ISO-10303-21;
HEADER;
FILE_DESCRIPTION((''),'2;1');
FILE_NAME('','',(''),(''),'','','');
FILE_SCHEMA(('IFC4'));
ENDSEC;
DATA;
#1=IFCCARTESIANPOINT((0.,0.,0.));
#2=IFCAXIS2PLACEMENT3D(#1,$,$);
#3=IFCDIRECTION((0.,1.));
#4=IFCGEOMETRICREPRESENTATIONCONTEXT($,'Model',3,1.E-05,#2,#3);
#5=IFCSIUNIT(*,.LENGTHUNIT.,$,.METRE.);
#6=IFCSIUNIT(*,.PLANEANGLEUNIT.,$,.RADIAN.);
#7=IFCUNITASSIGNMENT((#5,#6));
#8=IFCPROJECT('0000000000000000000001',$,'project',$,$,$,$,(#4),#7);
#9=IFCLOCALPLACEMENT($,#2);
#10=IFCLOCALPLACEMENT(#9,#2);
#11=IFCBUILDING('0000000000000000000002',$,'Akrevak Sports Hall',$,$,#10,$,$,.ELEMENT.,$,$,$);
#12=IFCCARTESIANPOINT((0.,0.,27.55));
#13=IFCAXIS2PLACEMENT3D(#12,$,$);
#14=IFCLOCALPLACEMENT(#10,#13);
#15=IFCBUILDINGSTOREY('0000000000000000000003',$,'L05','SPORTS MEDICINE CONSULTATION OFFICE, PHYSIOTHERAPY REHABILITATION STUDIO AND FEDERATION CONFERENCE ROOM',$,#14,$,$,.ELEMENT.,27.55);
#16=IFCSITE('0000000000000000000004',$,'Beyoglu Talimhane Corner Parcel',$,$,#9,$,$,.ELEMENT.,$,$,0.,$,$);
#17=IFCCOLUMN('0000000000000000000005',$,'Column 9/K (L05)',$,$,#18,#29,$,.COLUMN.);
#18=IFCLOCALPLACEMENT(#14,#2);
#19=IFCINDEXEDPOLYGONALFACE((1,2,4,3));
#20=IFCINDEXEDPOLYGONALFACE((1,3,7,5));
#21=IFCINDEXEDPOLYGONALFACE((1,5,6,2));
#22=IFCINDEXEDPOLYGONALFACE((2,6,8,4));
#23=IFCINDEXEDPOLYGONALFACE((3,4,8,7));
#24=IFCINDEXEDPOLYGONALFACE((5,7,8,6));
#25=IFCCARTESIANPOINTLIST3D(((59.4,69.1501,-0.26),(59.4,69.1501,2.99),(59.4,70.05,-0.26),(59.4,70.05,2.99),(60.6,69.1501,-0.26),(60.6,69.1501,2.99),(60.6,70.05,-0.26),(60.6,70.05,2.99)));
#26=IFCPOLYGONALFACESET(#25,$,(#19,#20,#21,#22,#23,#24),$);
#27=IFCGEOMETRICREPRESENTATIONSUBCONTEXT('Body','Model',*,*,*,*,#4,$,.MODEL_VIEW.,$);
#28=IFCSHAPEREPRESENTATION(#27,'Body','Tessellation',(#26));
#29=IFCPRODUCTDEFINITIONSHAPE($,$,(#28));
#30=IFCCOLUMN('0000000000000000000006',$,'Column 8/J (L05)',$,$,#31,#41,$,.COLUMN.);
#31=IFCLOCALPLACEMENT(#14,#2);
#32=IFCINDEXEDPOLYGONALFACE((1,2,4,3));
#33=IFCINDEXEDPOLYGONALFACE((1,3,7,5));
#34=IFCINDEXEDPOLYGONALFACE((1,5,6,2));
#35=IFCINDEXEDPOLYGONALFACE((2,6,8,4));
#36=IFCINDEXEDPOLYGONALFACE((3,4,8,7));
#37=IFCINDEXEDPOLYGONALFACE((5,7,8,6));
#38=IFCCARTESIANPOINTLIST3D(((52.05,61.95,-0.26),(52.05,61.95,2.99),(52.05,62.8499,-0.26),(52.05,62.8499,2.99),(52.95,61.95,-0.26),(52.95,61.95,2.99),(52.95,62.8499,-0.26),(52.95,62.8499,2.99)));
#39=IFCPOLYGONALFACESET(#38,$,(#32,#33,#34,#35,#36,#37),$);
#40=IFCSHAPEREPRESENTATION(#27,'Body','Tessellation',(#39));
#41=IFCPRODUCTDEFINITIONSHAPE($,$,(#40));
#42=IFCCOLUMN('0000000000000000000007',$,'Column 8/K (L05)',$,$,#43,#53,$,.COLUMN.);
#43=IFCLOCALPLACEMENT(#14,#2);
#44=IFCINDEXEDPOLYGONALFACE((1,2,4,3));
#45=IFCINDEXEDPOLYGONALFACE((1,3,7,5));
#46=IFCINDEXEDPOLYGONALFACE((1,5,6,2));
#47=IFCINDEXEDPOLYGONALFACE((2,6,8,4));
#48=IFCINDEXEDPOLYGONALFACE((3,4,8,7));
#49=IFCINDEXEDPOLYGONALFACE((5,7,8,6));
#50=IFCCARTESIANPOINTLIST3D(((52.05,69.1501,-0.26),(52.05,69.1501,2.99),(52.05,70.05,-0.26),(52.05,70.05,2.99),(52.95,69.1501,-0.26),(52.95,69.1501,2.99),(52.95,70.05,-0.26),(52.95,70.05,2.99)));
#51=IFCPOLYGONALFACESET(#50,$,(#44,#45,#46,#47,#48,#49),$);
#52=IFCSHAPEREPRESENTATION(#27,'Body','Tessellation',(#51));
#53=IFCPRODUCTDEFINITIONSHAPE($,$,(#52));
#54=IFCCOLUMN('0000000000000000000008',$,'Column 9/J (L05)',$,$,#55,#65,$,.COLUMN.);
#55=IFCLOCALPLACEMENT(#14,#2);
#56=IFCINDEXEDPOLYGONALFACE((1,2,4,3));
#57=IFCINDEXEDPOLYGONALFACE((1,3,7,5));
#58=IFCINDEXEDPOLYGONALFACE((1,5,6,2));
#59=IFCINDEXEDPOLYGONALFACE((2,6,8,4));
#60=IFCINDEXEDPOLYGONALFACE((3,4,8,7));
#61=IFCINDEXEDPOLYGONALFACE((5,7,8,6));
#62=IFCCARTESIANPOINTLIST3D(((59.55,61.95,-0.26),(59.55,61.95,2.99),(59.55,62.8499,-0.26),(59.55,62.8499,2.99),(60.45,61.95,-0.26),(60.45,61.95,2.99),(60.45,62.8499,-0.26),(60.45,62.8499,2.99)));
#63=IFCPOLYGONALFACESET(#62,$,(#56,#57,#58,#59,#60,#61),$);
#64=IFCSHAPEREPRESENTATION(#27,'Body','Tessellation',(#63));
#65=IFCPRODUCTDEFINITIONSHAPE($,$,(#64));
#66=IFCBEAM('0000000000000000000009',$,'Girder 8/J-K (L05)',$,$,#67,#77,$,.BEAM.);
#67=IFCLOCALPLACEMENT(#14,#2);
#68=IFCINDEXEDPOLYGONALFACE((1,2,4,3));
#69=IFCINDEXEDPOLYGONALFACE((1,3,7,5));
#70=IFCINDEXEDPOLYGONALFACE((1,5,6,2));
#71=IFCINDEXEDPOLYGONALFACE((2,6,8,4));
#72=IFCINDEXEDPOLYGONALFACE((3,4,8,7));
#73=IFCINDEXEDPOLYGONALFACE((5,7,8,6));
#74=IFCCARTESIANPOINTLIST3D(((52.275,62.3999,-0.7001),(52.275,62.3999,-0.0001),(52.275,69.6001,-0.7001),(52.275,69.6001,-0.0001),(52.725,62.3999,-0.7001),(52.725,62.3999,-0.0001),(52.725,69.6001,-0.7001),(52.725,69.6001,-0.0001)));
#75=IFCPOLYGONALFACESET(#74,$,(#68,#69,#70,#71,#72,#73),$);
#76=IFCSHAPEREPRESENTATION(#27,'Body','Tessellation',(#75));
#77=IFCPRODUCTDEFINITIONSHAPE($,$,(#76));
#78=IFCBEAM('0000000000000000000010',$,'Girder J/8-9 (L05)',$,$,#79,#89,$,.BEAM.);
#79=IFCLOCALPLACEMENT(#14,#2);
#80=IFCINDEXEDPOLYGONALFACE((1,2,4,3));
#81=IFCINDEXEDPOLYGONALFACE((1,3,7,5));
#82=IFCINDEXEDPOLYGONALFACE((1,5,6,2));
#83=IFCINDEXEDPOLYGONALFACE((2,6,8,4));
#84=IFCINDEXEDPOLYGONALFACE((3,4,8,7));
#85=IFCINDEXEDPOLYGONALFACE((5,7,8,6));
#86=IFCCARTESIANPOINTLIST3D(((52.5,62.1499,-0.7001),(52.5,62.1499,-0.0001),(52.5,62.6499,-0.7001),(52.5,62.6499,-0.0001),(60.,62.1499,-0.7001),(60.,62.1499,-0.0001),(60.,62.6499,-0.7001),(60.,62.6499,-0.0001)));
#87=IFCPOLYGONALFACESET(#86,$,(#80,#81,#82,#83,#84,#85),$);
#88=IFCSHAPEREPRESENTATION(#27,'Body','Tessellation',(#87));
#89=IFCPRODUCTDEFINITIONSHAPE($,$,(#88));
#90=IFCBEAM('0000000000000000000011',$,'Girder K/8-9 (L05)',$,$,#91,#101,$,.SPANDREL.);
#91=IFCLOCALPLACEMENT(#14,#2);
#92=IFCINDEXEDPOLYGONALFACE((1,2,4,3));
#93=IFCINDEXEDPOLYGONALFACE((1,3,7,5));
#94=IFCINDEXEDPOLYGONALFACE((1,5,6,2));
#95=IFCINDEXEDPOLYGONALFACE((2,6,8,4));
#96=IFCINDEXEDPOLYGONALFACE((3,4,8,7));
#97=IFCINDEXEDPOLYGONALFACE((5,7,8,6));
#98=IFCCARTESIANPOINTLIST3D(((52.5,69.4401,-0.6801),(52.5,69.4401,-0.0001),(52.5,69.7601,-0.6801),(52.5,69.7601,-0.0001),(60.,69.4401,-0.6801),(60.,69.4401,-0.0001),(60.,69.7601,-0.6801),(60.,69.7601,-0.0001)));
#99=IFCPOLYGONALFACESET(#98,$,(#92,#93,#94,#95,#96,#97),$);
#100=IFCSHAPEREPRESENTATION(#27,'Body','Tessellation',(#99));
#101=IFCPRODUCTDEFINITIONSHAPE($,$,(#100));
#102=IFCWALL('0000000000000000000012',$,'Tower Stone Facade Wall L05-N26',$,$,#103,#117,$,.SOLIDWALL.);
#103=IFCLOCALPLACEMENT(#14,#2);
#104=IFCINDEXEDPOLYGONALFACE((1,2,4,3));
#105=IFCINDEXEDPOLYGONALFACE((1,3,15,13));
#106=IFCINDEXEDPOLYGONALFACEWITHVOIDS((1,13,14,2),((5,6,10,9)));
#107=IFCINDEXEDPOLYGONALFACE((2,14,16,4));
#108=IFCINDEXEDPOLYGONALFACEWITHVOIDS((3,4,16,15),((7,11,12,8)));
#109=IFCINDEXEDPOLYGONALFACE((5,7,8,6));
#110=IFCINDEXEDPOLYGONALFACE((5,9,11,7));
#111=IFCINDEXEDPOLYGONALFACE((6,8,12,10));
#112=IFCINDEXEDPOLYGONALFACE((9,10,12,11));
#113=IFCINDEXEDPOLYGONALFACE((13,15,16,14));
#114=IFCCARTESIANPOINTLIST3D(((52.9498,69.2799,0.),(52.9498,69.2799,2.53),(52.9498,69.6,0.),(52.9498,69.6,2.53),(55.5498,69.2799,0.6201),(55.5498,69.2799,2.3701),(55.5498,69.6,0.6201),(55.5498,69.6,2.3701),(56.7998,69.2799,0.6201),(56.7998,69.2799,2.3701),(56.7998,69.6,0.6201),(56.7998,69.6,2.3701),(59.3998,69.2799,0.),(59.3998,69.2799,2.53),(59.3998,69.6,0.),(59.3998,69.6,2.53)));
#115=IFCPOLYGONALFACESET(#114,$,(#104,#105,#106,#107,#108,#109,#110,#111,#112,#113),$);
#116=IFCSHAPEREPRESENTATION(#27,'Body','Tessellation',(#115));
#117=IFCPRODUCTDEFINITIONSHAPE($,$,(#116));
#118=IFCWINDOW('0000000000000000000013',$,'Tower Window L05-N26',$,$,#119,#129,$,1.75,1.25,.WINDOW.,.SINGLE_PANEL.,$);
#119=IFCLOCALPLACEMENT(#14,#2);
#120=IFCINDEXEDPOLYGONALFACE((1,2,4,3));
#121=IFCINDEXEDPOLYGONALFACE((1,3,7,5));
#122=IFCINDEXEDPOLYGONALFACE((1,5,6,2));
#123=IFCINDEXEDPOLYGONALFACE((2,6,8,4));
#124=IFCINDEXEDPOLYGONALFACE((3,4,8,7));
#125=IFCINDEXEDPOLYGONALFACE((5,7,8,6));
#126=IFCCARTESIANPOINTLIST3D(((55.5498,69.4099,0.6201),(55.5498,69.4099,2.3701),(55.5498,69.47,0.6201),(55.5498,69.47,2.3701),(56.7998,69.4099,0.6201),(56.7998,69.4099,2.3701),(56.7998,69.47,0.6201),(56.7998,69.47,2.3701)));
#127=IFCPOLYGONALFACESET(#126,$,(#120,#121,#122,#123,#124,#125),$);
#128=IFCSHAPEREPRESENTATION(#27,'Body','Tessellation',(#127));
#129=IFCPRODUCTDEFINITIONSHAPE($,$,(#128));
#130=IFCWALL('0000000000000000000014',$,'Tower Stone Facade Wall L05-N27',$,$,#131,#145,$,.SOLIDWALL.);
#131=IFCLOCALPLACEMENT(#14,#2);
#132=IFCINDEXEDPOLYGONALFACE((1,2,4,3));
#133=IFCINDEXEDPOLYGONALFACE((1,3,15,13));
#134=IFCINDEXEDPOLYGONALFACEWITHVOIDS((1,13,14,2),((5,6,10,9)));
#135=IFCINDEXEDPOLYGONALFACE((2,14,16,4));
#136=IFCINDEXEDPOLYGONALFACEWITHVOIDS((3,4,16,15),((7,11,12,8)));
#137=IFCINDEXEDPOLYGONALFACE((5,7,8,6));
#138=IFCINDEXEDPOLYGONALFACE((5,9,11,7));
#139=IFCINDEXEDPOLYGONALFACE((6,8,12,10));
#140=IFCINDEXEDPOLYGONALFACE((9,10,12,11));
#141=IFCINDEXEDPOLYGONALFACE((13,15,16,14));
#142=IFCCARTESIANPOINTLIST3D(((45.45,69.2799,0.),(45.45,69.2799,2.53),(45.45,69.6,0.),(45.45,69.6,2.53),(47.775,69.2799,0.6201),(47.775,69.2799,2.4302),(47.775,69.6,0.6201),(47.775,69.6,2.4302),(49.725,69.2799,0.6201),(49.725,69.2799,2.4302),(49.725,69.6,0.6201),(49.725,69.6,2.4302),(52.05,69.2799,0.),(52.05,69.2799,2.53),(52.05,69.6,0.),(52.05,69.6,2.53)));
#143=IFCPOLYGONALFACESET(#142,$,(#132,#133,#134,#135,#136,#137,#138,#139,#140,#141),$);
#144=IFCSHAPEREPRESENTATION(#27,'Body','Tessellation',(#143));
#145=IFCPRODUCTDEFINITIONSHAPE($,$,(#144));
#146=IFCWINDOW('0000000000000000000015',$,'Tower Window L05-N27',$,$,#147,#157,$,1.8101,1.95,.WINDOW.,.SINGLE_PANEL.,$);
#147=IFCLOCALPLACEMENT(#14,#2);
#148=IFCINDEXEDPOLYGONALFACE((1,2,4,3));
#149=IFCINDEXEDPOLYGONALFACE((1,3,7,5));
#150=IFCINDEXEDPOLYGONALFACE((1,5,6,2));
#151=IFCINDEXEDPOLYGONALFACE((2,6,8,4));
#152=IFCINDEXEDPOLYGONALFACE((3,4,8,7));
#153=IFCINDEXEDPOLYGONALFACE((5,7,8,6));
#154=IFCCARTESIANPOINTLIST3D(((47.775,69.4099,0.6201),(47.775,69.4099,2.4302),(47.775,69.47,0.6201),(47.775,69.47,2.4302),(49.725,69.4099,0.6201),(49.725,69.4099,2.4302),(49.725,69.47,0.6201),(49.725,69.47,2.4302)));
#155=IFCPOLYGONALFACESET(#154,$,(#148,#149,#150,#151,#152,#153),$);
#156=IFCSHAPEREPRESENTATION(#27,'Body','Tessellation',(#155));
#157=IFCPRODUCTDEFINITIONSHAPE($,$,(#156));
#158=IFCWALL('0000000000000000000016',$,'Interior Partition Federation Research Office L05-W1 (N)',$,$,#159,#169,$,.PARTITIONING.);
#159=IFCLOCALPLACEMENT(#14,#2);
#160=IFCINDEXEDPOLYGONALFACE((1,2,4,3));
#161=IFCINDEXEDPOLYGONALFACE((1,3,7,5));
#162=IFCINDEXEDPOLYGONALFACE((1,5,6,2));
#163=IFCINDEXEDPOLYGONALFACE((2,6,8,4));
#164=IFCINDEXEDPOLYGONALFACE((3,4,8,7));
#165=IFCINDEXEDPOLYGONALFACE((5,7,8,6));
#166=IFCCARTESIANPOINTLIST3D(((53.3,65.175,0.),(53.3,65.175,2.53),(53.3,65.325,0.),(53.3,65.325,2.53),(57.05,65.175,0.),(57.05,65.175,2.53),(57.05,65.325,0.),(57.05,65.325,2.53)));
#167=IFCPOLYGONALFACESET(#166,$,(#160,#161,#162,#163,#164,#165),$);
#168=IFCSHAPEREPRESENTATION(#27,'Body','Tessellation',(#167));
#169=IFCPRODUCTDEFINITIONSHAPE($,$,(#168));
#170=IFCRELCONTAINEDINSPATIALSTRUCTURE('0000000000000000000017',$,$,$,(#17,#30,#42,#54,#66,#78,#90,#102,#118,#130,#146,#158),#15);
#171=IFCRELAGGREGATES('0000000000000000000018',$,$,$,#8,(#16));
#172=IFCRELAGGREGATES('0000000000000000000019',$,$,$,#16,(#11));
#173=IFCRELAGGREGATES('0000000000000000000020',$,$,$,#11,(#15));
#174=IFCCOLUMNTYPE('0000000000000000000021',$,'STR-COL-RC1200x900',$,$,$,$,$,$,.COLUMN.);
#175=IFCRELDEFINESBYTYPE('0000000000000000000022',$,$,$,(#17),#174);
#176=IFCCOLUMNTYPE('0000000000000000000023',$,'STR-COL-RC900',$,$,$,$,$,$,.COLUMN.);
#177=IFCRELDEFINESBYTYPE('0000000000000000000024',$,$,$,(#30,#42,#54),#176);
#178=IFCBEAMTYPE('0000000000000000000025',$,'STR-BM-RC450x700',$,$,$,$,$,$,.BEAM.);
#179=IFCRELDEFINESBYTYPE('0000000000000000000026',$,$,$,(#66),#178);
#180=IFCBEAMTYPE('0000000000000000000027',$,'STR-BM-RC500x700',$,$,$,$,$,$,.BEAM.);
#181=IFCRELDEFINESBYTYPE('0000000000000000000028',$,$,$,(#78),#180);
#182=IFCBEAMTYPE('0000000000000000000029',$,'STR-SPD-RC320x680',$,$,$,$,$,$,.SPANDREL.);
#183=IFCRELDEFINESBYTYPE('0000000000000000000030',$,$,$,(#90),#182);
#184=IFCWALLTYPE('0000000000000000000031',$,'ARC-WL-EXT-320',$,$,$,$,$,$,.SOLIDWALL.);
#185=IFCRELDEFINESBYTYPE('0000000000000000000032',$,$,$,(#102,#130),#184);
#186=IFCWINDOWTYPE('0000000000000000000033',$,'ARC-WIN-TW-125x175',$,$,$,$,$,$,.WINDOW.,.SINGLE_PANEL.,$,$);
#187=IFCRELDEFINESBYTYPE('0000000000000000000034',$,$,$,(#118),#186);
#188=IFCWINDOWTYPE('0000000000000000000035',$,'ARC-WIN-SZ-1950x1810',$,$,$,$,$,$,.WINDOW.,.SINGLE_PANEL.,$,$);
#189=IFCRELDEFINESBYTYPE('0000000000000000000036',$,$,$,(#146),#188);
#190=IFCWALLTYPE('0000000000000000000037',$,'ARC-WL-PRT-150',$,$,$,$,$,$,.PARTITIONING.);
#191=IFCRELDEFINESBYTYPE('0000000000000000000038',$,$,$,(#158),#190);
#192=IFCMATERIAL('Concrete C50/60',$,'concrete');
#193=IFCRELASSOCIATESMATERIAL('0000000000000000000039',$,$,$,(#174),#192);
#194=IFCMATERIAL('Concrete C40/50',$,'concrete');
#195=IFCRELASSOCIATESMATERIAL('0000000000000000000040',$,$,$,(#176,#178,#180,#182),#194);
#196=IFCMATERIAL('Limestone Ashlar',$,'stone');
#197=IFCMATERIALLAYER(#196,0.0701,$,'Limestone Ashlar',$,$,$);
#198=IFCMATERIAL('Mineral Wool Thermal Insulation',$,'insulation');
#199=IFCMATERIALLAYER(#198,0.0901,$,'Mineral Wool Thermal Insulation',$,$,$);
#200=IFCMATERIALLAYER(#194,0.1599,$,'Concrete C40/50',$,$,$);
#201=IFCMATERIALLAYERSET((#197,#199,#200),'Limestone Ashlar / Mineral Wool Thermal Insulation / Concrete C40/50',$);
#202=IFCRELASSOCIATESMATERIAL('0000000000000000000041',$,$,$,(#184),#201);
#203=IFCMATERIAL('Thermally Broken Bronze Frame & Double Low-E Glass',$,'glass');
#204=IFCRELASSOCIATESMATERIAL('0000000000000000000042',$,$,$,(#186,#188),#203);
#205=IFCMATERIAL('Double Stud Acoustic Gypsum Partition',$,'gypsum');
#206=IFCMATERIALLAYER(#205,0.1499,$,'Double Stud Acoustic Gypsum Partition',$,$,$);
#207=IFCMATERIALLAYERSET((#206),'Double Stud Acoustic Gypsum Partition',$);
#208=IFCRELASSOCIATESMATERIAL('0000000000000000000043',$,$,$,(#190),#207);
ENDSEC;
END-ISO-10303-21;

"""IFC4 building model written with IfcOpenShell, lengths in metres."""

from ifc_helpers import new_model, si_unit, direction, frame, frame_2d, origin, origin_2d, place, context, subcontext, project, spatial, rectangle, extrude, material, layer, layer_set, material_profile, profile_set, type_object, element, fill, save


model = new_model("IFC4")

# Units and contexts
model_context = context("Model", 3, precision=1e-05, world=origin(), true_north=direction((0.0, 1.0)))
body_context = subcontext(model_context, "Body", "Model", "MODEL_VIEW")
ifc_project = project(units=[si_unit("LENGTHUNIT", "METRE"), si_unit("PLANEANGLEUNIT", "RADIAN")], contexts=[model_context])

# Site, building, storey
site_placement = place(None, origin())
site = spatial("IfcSite", under=ifc_project, at=site_placement, Name="Beyoglu Talimhane Corner Parcel", CompositionType="ELEMENT", RefElevation=0.0)
building_placement = place(site_placement, origin())
building = spatial("IfcBuilding", under=site, at=building_placement, Name="Akrevak Sports Hall", CompositionType="ELEMENT")
storey_placement = place(building_placement, frame((0.0, 0.0, 27.55)))
storey = spatial("IfcBuildingStorey", under=building, at=storey_placement, Name="L05", Description="SPORTS MEDICINE CONSULTATION OFFICE, PHYSIOTHERAPY REHABILITATION STUDIO AND FEDERATION CONFERENCE ROOM", CompositionType="ELEMENT", Elevation=27.55)

# Columns
ifc_material_1 = material(Name="Concrete C50/60", Category="concrete")
ifc_material_profile_1 = material_profile(ifc_material_1, rectangle(XDim=1.2, YDim=0.8999, at=origin_2d()), Name="RC 1200x900", Category="concrete")
ifc_profile_set_1 = profile_set([ifc_material_profile_1], Name="Concrete C50/60")
column_type_1 = type_object("IfcColumnType", Name="STR-COL-RC1200x900", PredefinedType="COLUMN", material=ifc_profile_set_1)
column_placement = place(storey_placement, frame((60.0, 69.6001, -0.26), z_axis=(0.0, 0.0, 1.0), x_axis=(1.0, 0.0, 0.0)))
element("IfcColumn", 1, at=column_placement, inside=storey, type_object=column_type_1, Name="Column 9/K (L05)", PredefinedType="COLUMN", context=body_context, shape_type="SweptSolid", body=[
    extrude(rectangle(XDim=1.2, YDim=0.8999, at=origin_2d()), origin(), (0.0, 0.0, 1.0), 3.25),
])
ifc_material_2 = material(Name="Concrete C40/50", Category="concrete")
ifc_material_profile_2 = material_profile(ifc_material_2, rectangle(XDim=0.8999, YDim=0.8999, at=origin_2d()), Name="RC 900x900", Category="concrete")
ifc_profile_set_2 = profile_set([ifc_material_profile_2], Name="Concrete C40/50")
column_type_2 = type_object("IfcColumnType", Name="STR-COL-RC900", PredefinedType="COLUMN", material=ifc_profile_set_2)
for number, where, z_axis, x_axis, name in (
    (2, (52.5, 62.3999, -0.26), (0.0, 0.0, 1.0), (1.0, 0.0, 0.0), "Column 8/J (L05)"),
    (3, (52.5, 69.6001, -0.26), (0.0, 0.0, 1.0), (1.0, 0.0, 0.0), "Column 8/K (L05)"),
    (4, (60.0, 62.3999, -0.26), (0.0, 0.0, 1.0), (1.0, 0.0, 0.0), "Column 9/J (L05)"),
):
    element("IfcColumn", number, at=place(storey_placement, frame(where, z_axis=z_axis, x_axis=x_axis)), inside=storey, type_object=column_type_2, Name=name, PredefinedType="COLUMN", context=body_context, shape_type="SweptSolid", body=[
        extrude(rectangle(XDim=0.8999, YDim=0.8999, at=origin_2d()), origin(), (0.0, 0.0, 1.0), 3.25),
    ])

# Beams
ifc_material_profile_3 = material_profile(ifc_material_2, rectangle(XDim=0.45, YDim=0.7, at=origin_2d()), Name="BM 450x700", Category="concrete")
ifc_profile_set_3 = profile_set([ifc_material_profile_3], Name="Concrete C40/50")
beam_type_1 = type_object("IfcBeamType", Name="STR-BM-RC450x700", PredefinedType="BEAM", material=ifc_profile_set_3)
beam_1_placement = place(storey_placement, frame((52.5, 62.3999, -0.3501), z_axis=(0.0, 1.0, 0.0), x_axis=(-1.0, 0.0, 0.0)))
element("IfcBeam", 5, at=beam_1_placement, inside=storey, type_object=beam_type_1, Name="Girder 8/J-K (L05)", PredefinedType="BEAM", context=body_context, shape_type="SweptSolid", body=[
    extrude(rectangle(XDim=0.45, YDim=0.7, at=origin_2d()), origin(), (0.0, 0.0, 1.0), 7.2002),
])
ifc_material_profile_4 = material_profile(ifc_material_2, rectangle(XDim=0.5, YDim=0.7, at=origin_2d()), Name="BM 500x700", Category="concrete")
ifc_profile_set_4 = profile_set([ifc_material_profile_4], Name="Concrete C40/50")
beam_type_2 = type_object("IfcBeamType", Name="STR-BM-RC500x700", PredefinedType="BEAM", material=ifc_profile_set_4)
beam_2_placement = place(storey_placement, frame((52.5, 62.3999, -0.3501), z_axis=(1.0, 0.0, 0.0), x_axis=(0.0, 1.0, 0.0)))
element("IfcBeam", 6, at=beam_2_placement, inside=storey, type_object=beam_type_2, Name="Girder J/8-9 (L05)", PredefinedType="BEAM", context=body_context, shape_type="SweptSolid", body=[
    extrude(rectangle(XDim=0.5, YDim=0.7, at=origin_2d()), origin(), (0.0, 0.0, 1.0), 7.5),
])
ifc_material_profile_5 = material_profile(ifc_material_2, rectangle(XDim=0.3201, YDim=0.6799, at=origin_2d()), Name="SPD 320x680", Category="concrete")
ifc_profile_set_5 = profile_set([ifc_material_profile_5], Name="Concrete C40/50")
beam_type_3 = type_object("IfcBeamType", Name="STR-SPD-RC320x680", PredefinedType="SPANDREL", material=ifc_profile_set_5)
beam_3_placement = place(storey_placement, frame((52.5, 69.6001, -0.3401), z_axis=(1.0, 0.0, 0.0), x_axis=(0.0, 1.0, 0.0)))
element("IfcBeam", 7, at=beam_3_placement, inside=storey, type_object=beam_type_3, Name="Girder K/8-9 (L05)", PredefinedType="SPANDREL", context=body_context, shape_type="SweptSolid", body=[
    extrude(rectangle(XDim=0.3201, YDim=0.6799, at=origin_2d()), origin(), (0.0, 0.0, 1.0), 7.5),
])

# Walls, openings, windows
ifc_material_3 = material(Name="Limestone Ashlar", Category="stone")
ifc_layer_1 = layer(ifc_material_3, 0.0701, Name="Limestone Ashlar")
ifc_material_4 = material(Name="Mineral Wool Thermal Insulation", Category="insulation")
ifc_layer_2 = layer(ifc_material_4, 0.0901, Name="Mineral Wool Thermal Insulation")
ifc_layer_3 = layer(ifc_material_2, 0.1599, Name="Concrete C40/50")
ifc_layer_set_1 = layer_set([ifc_layer_1, ifc_layer_2, ifc_layer_3], Name="Limestone Ashlar / Mineral Wool Thermal Insulation / Concrete C40/50")
wall_type_1 = type_object("IfcWallType", Name="ARC-WL-EXT-320", PredefinedType="SOLIDWALL", material=ifc_layer_set_1)
wall_1_placement = place(storey_placement, frame((59.3999, 69.4399, 0.0), z_axis=(0.0, 0.0, 1.0), x_axis=(-1.0, 0.0, 0.0)))
wall_1 = element("IfcWall", 8, at=wall_1_placement, inside=storey, type_object=wall_type_1, Name="Tower Stone Facade Wall L05-N26", PredefinedType="SOLIDWALL", context=body_context, shape_type="SweptSolid", body=[
    extrude(rectangle(XDim=6.45, YDim=0.3201, at=frame_2d((3.2251, 0.0))), origin(), (0.0, 0.0, 1.0), 2.53),
])
opening_1_placement = place(wall_1_placement, frame((2.6001, 0.0, 0.6201)))
opening_1 = element("IfcOpeningElement", 9, at=opening_1_placement, cuts=wall_1, PredefinedType="OPENING", context=body_context, shape_type="SweptSolid", body=[
    extrude(rectangle(XDim=1.25, YDim=1.75, at=frame_2d((0.625, 0.875))), frame((0.0, 0.1719, 0.0), z_axis=(0.0, -1.0, 0.0), x_axis=(1.0, 0.0, 0.0)), (0.0, 0.0, 1.0), 0.344),
])
ifc_material_5 = material(Name="Thermally Broken Bronze Frame & Double Low-E Glass", Category="glass")
window_type_1 = type_object("IfcWindowType", Name="ARC-WIN-TW-125x175", PartitioningType="SINGLE_PANEL", PredefinedType="WINDOW", material=ifc_material_5)
window_1_placement = place(opening_1_placement, origin())
window_1 = element("IfcWindow", 10, at=window_1_placement, inside=storey, type_object=window_type_1, Name="Tower Window L05-N26", OverallHeight=1.75, OverallWidth=1.25, PartitioningType="SINGLE_PANEL", PredefinedType="WINDOW", context=body_context, shape_type="SweptSolid", body=[
    extrude(rectangle(XDim=1.25, YDim=1.75, at=frame_2d((0.625, 0.875))), frame((0.0, 0.03, 0.0), z_axis=(0.0, -1.0, 0.0), x_axis=(1.0, 0.0, 0.0)), (0.0, 0.0, 1.0), 0.0601),
])
fill(opening_1, window_1)
wall_2_placement = place(storey_placement, frame((52.05, 69.4399, 0.0), z_axis=(0.0, 0.0, 1.0), x_axis=(-1.0, 0.0, 0.0)))
wall_2 = element("IfcWall", 11, at=wall_2_placement, inside=storey, type_object=wall_type_1, Name="Tower Stone Facade Wall L05-N27", PredefinedType="SOLIDWALL", context=body_context, shape_type="SweptSolid", body=[
    extrude(rectangle(XDim=6.6001, YDim=0.3201, at=frame_2d((3.3, 0.0))), origin(), (0.0, 0.0, 1.0), 2.53),
])
opening_2_placement = place(wall_2_placement, frame((2.325, 0.0, 0.6201)))
opening_2 = element("IfcOpeningElement", 12, at=opening_2_placement, cuts=wall_2, PredefinedType="OPENING", context=body_context, shape_type="SweptSolid", body=[
    extrude(rectangle(XDim=1.95, YDim=1.8101, at=frame_2d((0.9751, 0.905))), frame((0.0, 0.1719, 0.0), z_axis=(0.0, -1.0, 0.0), x_axis=(1.0, 0.0, 0.0)), (0.0, 0.0, 1.0), 0.344),
])
window_type_2 = type_object("IfcWindowType", Name="ARC-WIN-SZ-1950x1810", PartitioningType="SINGLE_PANEL", PredefinedType="WINDOW", material=ifc_material_5)
window_2_placement = place(opening_2_placement, origin())
window_2 = element("IfcWindow", 13, at=window_2_placement, inside=storey, type_object=window_type_2, Name="Tower Window L05-N27", OverallHeight=1.8101, OverallWidth=1.95, PartitioningType="SINGLE_PANEL", PredefinedType="WINDOW", context=body_context, shape_type="SweptSolid", body=[
    extrude(rectangle(XDim=1.95, YDim=1.8101, at=frame_2d((0.9751, 0.905))), frame((0.0, 0.03, 0.0), z_axis=(0.0, -1.0, 0.0), x_axis=(1.0, 0.0, 0.0)), (0.0, 0.0, 1.0), 0.0601),
])
fill(opening_2, window_2)

# Wall
ifc_material_6 = material(Name="Double Stud Acoustic Gypsum Partition", Category="gypsum")
ifc_layer_4 = layer(ifc_material_6, 0.1499, Name="Double Stud Acoustic Gypsum Partition")
ifc_layer_set_2 = layer_set([ifc_layer_4], Name="Double Stud Acoustic Gypsum Partition")
wall_type_2 = type_object("IfcWallType", Name="ARC-WL-PRT-150", PredefinedType="PARTITIONING", material=ifc_layer_set_2)
wall_3_placement = place(storey_placement, frame((53.3, 65.25, 0.0), z_axis=(0.0, 0.0, 1.0), x_axis=(1.0, 0.0, 0.0)))
element("IfcWall", 14, at=wall_3_placement, inside=storey, type_object=wall_type_2, Name="Interior Partition Federation Research Office L05-W1 (N)", PredefinedType="PARTITIONING", context=body_context, shape_type="SweptSolid", body=[
    extrude(rectangle(XDim=3.75, YDim=0.1499, at=frame_2d((1.875, 0.0))), origin(), (0.0, 0.0, 1.0), 2.53),
])

save(model, "model.ifc")
